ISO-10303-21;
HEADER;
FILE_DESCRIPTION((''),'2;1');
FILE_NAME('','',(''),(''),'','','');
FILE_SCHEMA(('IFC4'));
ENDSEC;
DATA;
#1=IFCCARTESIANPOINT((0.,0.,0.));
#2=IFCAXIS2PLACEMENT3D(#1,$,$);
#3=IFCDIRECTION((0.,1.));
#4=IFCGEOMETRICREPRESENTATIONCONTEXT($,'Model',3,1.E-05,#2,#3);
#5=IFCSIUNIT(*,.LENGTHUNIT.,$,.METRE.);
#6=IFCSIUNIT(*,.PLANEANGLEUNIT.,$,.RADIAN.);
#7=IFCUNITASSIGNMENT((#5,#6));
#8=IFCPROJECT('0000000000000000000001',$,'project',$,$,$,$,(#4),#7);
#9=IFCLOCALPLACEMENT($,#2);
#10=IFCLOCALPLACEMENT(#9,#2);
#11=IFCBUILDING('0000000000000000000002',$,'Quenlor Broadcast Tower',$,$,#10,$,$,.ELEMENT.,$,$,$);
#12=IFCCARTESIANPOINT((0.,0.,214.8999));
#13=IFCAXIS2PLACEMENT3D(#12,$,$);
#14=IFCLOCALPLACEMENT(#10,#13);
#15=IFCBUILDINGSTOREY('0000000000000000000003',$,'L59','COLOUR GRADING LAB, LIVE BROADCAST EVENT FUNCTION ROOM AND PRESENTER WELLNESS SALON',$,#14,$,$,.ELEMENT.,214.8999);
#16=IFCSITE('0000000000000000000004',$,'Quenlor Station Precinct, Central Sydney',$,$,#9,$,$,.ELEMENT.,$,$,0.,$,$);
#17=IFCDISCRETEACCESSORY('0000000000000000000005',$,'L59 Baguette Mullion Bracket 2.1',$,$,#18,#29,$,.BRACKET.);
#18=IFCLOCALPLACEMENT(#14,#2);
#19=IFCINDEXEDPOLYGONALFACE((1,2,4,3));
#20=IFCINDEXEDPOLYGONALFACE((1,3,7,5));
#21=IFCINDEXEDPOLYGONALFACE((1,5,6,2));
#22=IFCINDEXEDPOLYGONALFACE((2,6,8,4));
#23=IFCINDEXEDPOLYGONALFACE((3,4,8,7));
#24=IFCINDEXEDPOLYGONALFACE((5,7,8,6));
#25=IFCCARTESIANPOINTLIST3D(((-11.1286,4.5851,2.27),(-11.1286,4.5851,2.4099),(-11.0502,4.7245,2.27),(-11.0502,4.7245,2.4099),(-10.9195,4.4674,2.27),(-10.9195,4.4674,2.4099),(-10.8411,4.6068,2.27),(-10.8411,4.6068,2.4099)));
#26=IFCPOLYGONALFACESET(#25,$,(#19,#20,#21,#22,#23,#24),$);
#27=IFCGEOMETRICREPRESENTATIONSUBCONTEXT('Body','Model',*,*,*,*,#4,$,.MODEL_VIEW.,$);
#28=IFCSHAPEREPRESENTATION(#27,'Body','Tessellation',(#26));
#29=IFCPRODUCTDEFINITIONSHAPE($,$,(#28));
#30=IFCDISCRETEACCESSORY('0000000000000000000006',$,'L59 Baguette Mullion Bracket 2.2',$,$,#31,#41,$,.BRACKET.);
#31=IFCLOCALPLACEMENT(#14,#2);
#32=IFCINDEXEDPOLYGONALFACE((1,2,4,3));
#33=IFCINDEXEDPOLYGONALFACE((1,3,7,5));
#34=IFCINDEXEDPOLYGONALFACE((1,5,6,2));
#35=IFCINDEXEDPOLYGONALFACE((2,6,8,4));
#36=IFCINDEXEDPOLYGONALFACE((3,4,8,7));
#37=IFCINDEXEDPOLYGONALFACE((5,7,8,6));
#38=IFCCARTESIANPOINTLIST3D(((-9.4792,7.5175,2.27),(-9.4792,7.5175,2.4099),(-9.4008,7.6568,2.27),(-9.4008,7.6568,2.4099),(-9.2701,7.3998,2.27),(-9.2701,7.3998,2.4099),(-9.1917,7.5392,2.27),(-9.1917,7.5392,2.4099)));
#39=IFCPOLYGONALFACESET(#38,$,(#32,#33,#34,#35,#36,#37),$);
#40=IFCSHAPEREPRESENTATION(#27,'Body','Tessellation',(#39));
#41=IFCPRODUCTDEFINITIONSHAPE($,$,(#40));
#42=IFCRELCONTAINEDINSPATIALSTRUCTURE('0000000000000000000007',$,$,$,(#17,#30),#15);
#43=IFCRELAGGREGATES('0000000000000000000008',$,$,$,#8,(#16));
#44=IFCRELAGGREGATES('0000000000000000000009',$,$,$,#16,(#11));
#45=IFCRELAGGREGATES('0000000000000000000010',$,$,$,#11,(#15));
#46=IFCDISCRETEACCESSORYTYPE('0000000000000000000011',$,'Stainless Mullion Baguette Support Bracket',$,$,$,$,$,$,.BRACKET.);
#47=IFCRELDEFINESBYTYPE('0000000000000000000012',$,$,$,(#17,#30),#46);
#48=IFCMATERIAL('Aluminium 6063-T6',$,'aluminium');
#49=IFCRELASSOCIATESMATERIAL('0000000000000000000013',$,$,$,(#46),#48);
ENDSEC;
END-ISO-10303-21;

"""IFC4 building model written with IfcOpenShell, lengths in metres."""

from ifc_helpers import new_model, si_unit, direction, frame, origin, origin_2d, place, context, subcontext, project, spatial, rectangle, extrude, material, type_object, element, save


model = new_model("IFC4")

# Units and contexts
model_context = context("Model", 3, precision=1e-05, world=origin(), true_north=direction((0.0, 1.0)))
body_context = subcontext(model_context, "Body", "Model", "MODEL_VIEW")
ifc_project = project(units=[si_unit("LENGTHUNIT", "METRE"), si_unit("PLANEANGLEUNIT", "RADIAN")], contexts=[model_context])

# Site, building, storey
site_placement = place(None, origin())
site = spatial("IfcSite", under=ifc_project, at=site_placement, Name="Quenlor Station Precinct, Central Sydney", CompositionType="ELEMENT", RefElevation=0.0)
building_placement = place(site_placement, origin())
building = spatial("IfcBuilding", under=site, at=building_placement, Name="Quenlor Broadcast Tower", CompositionType="ELEMENT")
storey_placement = place(building_placement, frame((0.0, 0.0, 214.8999)))
storey = spatial("IfcBuildingStorey", under=building, at=storey_placement, Name="L59", Description="COLOUR GRADING LAB, LIVE BROADCAST EVENT FUNCTION ROOM AND PRESENTER WELLNESS SALON", CompositionType="ELEMENT", Elevation=214.8999)

# Discrete accessories
ifc_material_1 = material(Name="Aluminium 6063-T6", Category="aluminium")
discrete_accessory_type = type_object("IfcDiscreteAccessoryType", Name="Stainless Mullion Baguette Support Bracket", PredefinedType="BRACKET", material=ifc_material_1)
for number, where, z_axis, x_axis, name in (
    (1, (-10.9849, 4.5959, 2.27), (0.0, 0.0, 1.0), (0.490257, 0.871578, 0.0), "L59 Baguette Mullion Bracket 2.1"),
    (2, (-9.3354, 7.5283, 2.27), (0.0, 0.0, 1.0), (0.490257, 0.871578, 0.0), "L59 Baguette Mullion Bracket 2.2"),
):
    element("IfcDiscreteAccessory", number, at=place(storey_placement, frame(where, z_axis=z_axis, x_axis=x_axis)), inside=storey, type_object=discrete_accessory_type, Name=name, PredefinedType="BRACKET", context=body_context, shape_type="SweptSolid", body=[
        extrude(rectangle(XDim=0.1599, YDim=0.24, at=origin_2d()), origin(), (0.0, 0.0, 1.0), 0.1399),
    ])

save(model, "model.ifc")
